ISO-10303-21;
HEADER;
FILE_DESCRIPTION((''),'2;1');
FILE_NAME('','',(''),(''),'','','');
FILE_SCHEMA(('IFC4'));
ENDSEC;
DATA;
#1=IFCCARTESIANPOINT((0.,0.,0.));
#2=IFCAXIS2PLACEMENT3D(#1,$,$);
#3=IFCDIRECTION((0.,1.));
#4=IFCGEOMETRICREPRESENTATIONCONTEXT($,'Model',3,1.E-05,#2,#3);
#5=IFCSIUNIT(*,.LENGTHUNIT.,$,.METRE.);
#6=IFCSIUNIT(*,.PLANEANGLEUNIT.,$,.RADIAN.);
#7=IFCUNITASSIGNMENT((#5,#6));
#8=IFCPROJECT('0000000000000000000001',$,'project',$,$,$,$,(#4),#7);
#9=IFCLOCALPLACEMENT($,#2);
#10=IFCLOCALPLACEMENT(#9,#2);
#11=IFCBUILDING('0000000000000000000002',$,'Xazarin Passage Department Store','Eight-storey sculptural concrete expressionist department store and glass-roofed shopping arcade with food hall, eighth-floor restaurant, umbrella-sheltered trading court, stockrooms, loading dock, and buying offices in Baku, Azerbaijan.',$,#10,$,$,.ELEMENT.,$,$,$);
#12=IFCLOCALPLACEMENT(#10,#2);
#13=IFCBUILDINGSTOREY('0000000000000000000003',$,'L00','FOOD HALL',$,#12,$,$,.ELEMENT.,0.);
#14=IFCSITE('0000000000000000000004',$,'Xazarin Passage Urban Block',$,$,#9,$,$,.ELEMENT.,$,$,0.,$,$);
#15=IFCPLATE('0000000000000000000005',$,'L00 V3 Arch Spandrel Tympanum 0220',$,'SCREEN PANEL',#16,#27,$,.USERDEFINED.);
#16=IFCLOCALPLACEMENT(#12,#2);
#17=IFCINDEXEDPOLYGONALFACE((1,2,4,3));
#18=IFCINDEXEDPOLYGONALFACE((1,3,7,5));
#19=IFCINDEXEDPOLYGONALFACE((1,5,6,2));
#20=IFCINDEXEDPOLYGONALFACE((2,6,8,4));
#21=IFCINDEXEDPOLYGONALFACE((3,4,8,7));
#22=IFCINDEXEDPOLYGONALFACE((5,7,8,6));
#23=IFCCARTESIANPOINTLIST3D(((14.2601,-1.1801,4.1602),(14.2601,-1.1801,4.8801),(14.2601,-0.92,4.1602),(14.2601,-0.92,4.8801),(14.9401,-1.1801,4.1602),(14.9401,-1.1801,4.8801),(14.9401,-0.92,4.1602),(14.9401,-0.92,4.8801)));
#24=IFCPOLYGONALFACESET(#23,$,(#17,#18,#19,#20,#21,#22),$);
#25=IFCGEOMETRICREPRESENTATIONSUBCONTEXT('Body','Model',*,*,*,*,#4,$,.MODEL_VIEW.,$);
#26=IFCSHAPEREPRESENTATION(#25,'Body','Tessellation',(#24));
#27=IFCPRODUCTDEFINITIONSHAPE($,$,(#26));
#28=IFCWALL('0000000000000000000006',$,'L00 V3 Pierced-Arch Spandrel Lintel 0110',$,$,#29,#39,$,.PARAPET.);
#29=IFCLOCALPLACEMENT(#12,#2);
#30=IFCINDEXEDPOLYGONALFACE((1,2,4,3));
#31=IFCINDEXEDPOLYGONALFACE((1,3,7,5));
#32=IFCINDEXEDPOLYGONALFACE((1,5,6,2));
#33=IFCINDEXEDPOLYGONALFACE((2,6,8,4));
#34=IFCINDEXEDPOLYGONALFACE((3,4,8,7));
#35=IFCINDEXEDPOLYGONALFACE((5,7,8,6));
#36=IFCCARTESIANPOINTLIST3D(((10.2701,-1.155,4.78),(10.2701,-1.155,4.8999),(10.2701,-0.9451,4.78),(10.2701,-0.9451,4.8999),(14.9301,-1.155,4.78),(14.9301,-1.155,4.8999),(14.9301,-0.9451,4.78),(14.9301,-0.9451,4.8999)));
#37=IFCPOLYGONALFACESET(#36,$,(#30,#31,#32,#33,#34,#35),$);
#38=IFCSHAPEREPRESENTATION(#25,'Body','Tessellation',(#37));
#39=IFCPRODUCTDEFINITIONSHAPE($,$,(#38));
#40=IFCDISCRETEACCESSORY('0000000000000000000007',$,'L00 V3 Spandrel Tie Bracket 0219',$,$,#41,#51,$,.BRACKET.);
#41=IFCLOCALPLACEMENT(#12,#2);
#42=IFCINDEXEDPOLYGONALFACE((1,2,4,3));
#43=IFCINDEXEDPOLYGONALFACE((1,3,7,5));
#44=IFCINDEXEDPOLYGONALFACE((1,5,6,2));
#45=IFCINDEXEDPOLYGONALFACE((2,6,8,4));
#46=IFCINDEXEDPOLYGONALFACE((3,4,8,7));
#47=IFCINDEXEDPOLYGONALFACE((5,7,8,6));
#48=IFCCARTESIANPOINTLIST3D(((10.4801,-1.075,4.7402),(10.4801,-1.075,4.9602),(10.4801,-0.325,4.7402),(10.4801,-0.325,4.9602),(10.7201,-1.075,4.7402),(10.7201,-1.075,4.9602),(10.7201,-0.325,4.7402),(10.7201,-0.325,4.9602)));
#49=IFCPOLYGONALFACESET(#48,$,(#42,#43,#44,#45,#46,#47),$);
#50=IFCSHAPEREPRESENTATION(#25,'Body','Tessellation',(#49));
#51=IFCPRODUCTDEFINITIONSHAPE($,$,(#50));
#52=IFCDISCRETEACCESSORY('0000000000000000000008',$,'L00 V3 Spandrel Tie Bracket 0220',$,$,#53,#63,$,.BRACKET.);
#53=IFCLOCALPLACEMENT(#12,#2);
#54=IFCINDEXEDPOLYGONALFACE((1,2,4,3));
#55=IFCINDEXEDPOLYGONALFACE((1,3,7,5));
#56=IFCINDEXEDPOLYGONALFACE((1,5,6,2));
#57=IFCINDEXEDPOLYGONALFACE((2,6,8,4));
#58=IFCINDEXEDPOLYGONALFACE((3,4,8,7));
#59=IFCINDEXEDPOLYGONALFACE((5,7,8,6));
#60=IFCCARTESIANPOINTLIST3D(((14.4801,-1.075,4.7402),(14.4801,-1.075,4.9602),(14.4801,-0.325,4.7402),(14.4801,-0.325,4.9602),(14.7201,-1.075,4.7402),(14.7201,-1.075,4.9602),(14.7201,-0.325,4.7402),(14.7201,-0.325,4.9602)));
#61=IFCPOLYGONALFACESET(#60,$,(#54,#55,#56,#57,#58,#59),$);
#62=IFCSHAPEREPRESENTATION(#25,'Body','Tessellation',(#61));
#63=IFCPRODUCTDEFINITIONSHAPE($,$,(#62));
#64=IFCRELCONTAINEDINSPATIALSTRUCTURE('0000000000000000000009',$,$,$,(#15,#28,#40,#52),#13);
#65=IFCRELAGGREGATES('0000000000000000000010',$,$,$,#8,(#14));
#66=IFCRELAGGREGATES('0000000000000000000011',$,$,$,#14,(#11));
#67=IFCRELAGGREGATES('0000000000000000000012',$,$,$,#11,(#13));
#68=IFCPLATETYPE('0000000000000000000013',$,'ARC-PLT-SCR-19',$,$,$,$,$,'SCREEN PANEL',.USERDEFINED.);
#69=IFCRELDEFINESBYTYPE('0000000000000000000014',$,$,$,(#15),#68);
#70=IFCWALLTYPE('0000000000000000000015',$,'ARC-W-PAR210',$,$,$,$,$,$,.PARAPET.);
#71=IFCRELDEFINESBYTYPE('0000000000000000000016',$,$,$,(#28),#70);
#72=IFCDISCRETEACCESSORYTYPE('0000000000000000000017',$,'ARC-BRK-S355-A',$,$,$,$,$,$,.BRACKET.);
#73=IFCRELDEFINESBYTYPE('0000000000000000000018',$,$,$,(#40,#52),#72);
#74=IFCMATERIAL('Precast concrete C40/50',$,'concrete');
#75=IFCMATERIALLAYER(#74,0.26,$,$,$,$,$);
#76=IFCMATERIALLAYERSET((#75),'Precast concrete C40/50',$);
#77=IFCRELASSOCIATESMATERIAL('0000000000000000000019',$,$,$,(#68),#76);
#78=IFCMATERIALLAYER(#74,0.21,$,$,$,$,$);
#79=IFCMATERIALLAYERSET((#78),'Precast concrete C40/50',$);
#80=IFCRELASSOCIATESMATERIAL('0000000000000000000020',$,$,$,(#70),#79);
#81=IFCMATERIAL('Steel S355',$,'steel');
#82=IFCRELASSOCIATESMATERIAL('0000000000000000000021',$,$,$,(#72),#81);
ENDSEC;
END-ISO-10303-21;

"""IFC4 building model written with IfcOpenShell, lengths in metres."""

from ifc_helpers import new_model, si_unit, direction, frame, frame_2d, origin, origin_2d, place, context, subcontext, project, spatial, rectangle, extrude, material, layer, layer_set, type_object, element, save


model = new_model("IFC4")

# Units and contexts
model_context = context("Model", 3, precision=1e-05, world=origin(), true_north=direction((0.0, 1.0)))
body_context = subcontext(model_context, "Body", "Model", "MODEL_VIEW")
ifc_project = project(units=[si_unit("LENGTHUNIT", "METRE"), si_unit("PLANEANGLEUNIT", "RADIAN")], contexts=[model_context])

# Site, building, storey
site_placement = place(None, origin())
site = spatial("IfcSite", under=ifc_project, at=site_placement, Name="Xazarin Passage Urban Block", CompositionType="ELEMENT", RefElevation=0.0)
building_placement = place(site_placement, origin())
building = spatial("IfcBuilding", under=site, at=building_placement, Name="Xazarin Passage Department Store", Description="Eight-storey sculptural concrete expressionist department store and glass-roofed shopping arcade with food hall, eighth-floor restaurant, umbrella-sheltered trading court, stockrooms, loading dock, and buying offices in Baku, Azerbaijan.", CompositionType="ELEMENT")
storey_placement = place(building_placement, origin())
storey = spatial("IfcBuildingStorey", under=building, at=storey_placement, Name="L00", Description="FOOD HALL", CompositionType="ELEMENT", Elevation=0.0)

# Plate
ifc_material_1 = material(Name="Precast concrete C40/50", Category="concrete")
ifc_layer_1 = layer(ifc_material_1, 0.26)
ifc_layer_set_1 = layer_set([ifc_layer_1], Name="Precast concrete C40/50")
plate_type_1 = type_object("IfcPlateType", Name="ARC-PLT-SCR-19", ElementType="SCREEN PANEL", PredefinedType="USERDEFINED", material=ifc_layer_set_1)
for number, where, z_axis, x_axis, name in (
    (1, (14.6001, -1.05, 4.1602), (0.0, 0.0, 1.0), (1.0, 0.0, 0.0), "L00 V3 Arch Spandrel Tympanum 0220"),
):
    element("IfcPlate", number, at=place(storey_placement, frame(where, z_axis=z_axis, x_axis=x_axis)), inside=storey, type_object=plate_type_1, Name=name, ObjectType="SCREEN PANEL", PredefinedType="USERDEFINED", context=body_context, shape_type="SweptSolid", body=[
        extrude(rectangle(XDim=0.6799, YDim=0.26, at=origin_2d()), origin(), (0.0, 0.0, 1.0), 0.72),
    ])

# Wall
ifc_layer_2 = layer(ifc_material_1, 0.21)
ifc_layer_set_2 = layer_set([ifc_layer_2], Name="Precast concrete C40/50")
wall_type = type_object("IfcWallType", Name="ARC-W-PAR210", PredefinedType="PARAPET", material=ifc_layer_set_2)
wall_placement = place(storey_placement, frame((10.27, -1.05, 4.78), z_axis=(0.0, 0.0, 1.0), x_axis=(1.0, 0.0, 0.0)))
element("IfcWall", 2, at=wall_placement, inside=storey, type_object=wall_type, Name="L00 V3 Pierced-Arch Spandrel Lintel 0110", PredefinedType="PARAPET", context=body_context, shape_type="SweptSolid", body=[
    extrude(rectangle(XDim=4.6599, YDim=0.21, at=frame_2d((2.3301, 0.0))), origin(), (0.0, 0.0, 1.0), 0.1199),
])

# Discrete accessories
ifc_material_2 = material(Name="Steel S355", Category="steel")
discrete_accessory_type = type_object("IfcDiscreteAccessoryType", Name="ARC-BRK-S355-A", PredefinedType="BRACKET", material=ifc_material_2)
for number, where, z_axis, x_axis, name in (
    (3, (10.6001, -0.7, 4.7402), (0.0, 0.0, 1.0), (1.0, 0.0, 0.0), "L00 V3 Spandrel Tie Bracket 0219"),
    (4, (14.6001, -0.7, 4.7402), (0.0, 0.0, 1.0), (1.0, 0.0, 0.0), "L00 V3 Spandrel Tie Bracket 0220"),
):
    element("IfcDiscreteAccessory", number, at=place(storey_placement, frame(where, z_axis=z_axis, x_axis=x_axis)), inside=storey, type_object=discrete_accessory_type, Name=name, PredefinedType="BRACKET", context=body_context, shape_type="SweptSolid", body=[
        extrude(rectangle(XDim=0.24, YDim=0.75, at=origin_2d()), origin(), (0.0, 0.0, 1.0), 0.22),
    ])

save(model, "model.ifc")
